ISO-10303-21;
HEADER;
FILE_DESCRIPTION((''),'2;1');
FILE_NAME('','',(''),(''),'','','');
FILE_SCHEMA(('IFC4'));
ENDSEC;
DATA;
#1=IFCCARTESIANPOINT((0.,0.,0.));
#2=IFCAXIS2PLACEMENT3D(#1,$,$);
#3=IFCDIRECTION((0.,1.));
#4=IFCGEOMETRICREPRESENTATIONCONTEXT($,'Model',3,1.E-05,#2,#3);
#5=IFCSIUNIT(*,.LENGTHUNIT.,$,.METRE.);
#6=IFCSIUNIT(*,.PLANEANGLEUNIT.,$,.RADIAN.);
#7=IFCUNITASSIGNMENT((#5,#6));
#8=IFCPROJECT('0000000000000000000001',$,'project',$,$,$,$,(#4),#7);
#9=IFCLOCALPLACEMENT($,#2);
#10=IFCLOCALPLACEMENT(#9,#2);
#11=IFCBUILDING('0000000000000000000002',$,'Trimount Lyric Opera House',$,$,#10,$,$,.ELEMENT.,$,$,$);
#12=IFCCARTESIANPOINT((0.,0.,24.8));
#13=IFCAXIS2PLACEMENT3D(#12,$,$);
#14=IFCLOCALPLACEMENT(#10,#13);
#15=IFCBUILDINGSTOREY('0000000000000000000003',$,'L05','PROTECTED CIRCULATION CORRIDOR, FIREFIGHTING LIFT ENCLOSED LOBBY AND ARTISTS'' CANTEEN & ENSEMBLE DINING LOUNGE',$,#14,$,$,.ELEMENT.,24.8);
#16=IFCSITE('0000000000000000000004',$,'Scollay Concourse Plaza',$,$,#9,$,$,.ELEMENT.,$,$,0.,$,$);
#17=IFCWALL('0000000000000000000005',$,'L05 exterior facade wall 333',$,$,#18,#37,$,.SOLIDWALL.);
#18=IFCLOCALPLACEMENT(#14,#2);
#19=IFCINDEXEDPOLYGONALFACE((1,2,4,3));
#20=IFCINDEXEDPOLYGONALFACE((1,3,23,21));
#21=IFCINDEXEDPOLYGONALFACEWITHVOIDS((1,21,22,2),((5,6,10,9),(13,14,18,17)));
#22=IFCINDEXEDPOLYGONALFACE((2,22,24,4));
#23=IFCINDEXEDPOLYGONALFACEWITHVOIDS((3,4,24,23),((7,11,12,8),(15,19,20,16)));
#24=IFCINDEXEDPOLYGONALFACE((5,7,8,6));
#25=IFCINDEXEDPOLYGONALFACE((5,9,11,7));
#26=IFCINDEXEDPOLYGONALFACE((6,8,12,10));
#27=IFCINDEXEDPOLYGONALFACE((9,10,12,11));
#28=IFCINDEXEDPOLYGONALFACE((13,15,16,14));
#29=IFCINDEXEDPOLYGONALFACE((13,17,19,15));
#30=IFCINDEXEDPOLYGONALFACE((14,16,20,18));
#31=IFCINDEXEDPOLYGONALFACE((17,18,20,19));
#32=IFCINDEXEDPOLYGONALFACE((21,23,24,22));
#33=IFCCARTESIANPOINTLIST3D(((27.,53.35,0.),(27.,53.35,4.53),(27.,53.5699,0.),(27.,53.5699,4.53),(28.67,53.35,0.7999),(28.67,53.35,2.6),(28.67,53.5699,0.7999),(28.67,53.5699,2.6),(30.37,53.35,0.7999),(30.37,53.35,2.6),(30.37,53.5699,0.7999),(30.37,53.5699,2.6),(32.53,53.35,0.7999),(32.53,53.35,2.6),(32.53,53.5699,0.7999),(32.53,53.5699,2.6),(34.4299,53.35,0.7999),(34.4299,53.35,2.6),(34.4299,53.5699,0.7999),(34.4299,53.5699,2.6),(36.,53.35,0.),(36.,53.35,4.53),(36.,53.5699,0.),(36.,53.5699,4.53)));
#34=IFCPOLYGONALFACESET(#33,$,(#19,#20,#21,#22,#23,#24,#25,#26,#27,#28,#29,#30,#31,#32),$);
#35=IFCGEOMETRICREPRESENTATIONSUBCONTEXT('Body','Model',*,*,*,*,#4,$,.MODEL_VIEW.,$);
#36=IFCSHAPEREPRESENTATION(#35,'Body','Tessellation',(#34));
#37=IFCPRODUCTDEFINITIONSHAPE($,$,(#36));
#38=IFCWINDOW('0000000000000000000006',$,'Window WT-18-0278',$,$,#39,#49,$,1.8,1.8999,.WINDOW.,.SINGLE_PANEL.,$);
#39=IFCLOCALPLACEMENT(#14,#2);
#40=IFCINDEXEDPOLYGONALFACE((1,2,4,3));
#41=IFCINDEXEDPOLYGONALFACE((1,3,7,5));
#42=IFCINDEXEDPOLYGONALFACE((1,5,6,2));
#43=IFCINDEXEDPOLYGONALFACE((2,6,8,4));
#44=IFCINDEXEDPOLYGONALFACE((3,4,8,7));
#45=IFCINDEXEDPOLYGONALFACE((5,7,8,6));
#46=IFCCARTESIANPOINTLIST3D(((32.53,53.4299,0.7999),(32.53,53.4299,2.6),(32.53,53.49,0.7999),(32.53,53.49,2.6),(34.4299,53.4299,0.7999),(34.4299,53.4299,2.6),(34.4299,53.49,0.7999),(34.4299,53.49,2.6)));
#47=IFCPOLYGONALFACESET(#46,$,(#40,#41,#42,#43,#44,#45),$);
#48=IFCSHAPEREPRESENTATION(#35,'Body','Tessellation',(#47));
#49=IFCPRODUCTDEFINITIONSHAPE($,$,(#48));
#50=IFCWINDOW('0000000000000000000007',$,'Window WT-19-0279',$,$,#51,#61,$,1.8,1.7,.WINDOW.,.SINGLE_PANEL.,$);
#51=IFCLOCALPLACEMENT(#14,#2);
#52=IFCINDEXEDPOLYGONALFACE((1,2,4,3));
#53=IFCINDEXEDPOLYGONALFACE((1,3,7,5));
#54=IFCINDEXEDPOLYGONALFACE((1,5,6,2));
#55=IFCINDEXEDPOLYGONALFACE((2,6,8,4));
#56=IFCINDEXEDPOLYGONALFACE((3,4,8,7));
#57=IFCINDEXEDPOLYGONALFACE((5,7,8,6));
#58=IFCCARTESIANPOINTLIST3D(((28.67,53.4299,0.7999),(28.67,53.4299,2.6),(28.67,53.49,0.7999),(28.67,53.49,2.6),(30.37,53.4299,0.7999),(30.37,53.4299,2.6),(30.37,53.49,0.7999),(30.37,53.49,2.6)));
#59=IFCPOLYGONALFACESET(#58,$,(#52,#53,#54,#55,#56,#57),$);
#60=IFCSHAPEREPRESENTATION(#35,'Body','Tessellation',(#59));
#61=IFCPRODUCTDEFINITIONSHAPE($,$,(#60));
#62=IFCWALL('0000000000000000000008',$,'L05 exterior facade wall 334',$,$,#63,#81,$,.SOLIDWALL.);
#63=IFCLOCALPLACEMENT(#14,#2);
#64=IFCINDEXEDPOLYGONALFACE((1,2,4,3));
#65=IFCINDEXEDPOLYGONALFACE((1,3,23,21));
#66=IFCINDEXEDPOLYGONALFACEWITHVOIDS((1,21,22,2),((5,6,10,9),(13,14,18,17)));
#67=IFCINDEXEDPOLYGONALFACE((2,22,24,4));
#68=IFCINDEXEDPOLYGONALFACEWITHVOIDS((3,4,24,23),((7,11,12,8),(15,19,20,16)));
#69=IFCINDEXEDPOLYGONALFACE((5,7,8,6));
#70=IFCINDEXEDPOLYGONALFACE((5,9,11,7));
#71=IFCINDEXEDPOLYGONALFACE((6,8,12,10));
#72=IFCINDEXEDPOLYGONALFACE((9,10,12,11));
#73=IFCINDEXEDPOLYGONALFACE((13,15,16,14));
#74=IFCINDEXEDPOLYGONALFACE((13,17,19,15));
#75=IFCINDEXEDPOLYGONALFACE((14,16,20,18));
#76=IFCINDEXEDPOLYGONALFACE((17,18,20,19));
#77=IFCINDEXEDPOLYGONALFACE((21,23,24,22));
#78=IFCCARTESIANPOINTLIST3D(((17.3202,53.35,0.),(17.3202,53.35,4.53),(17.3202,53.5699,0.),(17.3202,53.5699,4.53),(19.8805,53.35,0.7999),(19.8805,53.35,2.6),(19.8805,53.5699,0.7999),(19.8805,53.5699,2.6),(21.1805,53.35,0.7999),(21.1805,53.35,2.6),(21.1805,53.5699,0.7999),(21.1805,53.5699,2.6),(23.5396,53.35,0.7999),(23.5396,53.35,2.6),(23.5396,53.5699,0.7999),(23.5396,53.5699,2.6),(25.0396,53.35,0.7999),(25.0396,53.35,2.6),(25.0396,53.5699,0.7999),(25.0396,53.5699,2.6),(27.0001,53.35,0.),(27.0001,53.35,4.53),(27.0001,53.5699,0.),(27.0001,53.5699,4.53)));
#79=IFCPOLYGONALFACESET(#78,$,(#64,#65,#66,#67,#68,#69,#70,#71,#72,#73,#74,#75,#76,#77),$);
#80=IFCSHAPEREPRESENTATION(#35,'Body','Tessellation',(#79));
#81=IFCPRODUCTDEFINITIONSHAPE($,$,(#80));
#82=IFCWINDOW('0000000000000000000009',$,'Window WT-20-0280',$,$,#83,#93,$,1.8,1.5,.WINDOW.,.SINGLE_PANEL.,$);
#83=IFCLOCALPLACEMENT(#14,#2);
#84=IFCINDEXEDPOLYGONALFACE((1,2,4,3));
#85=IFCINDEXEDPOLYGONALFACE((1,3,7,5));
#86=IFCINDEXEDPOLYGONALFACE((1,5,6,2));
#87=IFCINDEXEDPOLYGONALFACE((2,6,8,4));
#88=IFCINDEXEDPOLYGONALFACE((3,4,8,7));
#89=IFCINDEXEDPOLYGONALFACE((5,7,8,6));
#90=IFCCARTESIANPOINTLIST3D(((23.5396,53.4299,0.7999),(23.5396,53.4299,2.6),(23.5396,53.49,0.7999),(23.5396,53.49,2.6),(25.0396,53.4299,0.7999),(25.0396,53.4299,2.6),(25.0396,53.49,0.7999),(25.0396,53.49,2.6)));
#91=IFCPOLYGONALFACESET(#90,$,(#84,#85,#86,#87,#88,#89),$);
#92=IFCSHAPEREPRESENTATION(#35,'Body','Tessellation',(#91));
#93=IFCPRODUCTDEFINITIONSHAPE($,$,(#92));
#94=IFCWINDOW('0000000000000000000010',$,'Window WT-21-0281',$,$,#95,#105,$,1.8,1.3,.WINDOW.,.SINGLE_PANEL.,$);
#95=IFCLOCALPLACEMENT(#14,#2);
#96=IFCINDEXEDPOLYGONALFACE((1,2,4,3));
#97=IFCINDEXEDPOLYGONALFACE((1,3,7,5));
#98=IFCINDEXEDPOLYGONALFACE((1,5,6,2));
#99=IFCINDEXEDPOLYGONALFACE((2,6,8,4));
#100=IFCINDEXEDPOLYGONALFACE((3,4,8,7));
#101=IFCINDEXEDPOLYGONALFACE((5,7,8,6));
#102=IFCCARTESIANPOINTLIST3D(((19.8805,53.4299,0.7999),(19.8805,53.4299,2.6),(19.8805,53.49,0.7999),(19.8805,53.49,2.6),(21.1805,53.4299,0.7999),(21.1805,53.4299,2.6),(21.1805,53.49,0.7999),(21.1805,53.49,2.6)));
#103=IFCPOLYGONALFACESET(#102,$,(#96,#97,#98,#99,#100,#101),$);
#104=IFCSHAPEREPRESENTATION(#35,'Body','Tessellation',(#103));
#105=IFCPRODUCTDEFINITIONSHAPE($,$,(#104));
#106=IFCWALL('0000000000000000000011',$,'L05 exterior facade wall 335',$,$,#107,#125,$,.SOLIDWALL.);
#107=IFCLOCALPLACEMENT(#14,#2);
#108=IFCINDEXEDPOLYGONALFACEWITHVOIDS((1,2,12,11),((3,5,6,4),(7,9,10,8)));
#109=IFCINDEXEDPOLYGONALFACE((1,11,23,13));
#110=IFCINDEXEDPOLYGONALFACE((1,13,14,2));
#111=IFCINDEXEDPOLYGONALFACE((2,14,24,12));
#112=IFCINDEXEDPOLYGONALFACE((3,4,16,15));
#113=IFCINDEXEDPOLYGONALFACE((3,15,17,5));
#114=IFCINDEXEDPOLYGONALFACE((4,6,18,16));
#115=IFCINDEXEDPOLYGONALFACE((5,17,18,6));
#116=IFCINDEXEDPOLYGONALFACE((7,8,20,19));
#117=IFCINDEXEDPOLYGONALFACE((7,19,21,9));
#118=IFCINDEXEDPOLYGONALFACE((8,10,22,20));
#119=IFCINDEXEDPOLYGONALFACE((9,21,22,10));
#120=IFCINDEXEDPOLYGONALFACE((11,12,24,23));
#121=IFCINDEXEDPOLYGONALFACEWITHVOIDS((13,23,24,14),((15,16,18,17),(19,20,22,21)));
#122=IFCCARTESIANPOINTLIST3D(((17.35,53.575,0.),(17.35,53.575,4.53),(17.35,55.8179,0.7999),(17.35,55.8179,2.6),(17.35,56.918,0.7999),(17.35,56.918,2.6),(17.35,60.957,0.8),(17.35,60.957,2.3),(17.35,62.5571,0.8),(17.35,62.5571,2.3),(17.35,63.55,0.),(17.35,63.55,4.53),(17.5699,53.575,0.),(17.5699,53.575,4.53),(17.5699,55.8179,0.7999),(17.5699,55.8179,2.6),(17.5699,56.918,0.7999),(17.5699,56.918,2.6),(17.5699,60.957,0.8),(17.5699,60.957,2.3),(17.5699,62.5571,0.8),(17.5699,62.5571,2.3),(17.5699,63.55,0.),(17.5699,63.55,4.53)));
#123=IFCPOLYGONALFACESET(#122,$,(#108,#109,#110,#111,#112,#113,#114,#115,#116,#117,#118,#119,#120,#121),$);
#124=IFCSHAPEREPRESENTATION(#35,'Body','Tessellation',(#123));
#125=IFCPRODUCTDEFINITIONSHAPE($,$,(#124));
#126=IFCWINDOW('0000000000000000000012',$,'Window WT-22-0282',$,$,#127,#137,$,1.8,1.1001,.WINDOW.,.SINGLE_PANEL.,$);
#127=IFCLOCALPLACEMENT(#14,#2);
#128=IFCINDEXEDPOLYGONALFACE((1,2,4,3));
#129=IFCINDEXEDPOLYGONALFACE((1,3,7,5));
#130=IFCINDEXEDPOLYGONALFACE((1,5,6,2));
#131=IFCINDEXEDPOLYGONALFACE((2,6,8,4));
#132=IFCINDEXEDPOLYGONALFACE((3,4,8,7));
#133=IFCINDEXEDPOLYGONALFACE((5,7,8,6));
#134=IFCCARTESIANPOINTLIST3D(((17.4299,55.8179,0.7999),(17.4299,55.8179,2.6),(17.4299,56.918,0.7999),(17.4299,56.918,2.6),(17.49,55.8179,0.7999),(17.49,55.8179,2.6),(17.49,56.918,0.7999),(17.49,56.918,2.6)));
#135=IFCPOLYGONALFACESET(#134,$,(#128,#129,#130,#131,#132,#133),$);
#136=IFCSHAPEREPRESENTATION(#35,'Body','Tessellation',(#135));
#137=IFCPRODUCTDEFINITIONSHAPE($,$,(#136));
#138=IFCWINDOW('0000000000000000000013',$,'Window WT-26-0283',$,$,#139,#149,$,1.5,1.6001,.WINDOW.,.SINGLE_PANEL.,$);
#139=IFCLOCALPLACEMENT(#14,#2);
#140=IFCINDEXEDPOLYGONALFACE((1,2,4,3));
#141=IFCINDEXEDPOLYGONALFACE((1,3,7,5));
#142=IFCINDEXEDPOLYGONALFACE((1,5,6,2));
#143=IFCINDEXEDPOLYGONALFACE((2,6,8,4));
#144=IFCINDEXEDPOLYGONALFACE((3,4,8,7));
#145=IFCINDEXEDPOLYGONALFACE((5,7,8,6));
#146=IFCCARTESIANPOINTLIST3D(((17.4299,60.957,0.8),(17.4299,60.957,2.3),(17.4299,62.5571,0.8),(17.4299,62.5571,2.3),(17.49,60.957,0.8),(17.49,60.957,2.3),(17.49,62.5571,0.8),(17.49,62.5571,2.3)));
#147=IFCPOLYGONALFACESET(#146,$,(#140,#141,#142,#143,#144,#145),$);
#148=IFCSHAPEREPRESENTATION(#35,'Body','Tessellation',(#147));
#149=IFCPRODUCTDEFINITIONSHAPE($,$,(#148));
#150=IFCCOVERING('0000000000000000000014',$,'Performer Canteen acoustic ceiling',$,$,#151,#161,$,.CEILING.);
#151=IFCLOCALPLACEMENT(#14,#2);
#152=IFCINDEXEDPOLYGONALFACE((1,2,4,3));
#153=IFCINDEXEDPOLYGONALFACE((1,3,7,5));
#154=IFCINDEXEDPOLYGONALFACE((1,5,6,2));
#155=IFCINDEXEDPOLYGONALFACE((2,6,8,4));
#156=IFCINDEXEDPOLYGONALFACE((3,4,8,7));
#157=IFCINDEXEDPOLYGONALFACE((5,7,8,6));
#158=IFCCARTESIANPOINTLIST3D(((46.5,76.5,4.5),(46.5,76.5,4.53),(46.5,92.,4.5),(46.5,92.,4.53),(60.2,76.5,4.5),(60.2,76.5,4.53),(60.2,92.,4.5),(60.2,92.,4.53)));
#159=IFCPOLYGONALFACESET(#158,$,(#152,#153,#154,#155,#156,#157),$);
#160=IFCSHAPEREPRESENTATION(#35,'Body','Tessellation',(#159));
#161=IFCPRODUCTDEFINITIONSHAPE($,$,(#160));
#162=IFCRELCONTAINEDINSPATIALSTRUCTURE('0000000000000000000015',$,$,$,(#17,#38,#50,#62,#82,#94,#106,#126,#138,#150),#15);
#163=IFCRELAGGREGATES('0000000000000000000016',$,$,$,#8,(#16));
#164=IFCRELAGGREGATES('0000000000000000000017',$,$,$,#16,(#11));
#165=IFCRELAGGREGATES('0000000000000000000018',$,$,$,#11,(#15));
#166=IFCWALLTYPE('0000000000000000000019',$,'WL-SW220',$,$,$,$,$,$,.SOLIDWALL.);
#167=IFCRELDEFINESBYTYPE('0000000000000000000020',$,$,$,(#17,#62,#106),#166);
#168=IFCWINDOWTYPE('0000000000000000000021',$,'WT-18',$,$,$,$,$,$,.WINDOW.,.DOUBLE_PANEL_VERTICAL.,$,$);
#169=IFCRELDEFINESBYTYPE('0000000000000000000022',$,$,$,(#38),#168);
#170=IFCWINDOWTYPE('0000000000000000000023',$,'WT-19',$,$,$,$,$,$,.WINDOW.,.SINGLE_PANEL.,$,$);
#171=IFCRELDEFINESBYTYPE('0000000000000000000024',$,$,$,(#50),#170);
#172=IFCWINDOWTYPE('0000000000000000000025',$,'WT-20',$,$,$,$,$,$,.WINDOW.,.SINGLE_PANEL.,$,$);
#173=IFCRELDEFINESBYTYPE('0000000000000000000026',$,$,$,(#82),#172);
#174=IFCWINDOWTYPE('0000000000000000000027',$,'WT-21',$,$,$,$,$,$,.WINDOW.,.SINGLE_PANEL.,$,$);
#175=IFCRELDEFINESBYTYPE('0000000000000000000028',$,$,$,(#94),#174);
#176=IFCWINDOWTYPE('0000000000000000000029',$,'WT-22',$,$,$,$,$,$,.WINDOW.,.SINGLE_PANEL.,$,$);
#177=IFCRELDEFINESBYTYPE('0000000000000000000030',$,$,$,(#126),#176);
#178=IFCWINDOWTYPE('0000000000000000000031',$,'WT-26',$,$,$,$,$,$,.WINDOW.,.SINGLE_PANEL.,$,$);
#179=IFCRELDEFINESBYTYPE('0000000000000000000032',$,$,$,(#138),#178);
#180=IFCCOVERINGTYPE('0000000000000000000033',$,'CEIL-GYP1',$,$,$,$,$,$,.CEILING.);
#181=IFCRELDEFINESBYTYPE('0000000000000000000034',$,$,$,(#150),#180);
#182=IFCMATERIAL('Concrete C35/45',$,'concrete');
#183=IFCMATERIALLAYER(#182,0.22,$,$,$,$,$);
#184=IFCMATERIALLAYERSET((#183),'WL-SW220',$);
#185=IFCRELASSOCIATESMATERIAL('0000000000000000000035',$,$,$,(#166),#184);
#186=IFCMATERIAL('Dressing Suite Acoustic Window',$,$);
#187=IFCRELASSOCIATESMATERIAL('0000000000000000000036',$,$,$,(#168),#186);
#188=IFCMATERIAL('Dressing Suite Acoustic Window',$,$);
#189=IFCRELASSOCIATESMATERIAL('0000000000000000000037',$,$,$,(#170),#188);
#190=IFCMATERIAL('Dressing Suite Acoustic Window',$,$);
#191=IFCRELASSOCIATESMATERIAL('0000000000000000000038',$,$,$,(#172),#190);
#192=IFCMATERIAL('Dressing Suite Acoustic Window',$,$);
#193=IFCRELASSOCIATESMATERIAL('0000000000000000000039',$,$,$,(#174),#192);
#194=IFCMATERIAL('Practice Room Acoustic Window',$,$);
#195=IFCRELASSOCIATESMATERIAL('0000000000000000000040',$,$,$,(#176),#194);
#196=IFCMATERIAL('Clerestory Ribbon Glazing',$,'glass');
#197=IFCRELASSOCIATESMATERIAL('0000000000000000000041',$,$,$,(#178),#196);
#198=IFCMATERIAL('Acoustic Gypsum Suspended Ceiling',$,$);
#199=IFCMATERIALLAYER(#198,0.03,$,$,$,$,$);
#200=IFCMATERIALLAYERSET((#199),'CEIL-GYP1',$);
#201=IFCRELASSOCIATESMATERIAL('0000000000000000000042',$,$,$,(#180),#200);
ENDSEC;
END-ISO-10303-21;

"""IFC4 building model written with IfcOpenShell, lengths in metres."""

from ifc_helpers import new_model, si_unit, direction, frame, frame_2d, origin, place, context, subcontext, project, spatial, polyline, rectangle, outline, extrude, material, layer, layer_set, type_object, element, fill, save


model = new_model("IFC4")

# Units and contexts
model_context = context("Model", 3, precision=1e-05, world=origin(), true_north=direction((0.0, 1.0)))
body_context = subcontext(model_context, "Body", "Model", "MODEL_VIEW")
ifc_project = project(units=[si_unit("LENGTHUNIT", "METRE"), si_unit("PLANEANGLEUNIT", "RADIAN")], contexts=[model_context])

# Site, building, storey
site_placement = place(None, origin())
site = spatial("IfcSite", under=ifc_project, at=site_placement, Name="Scollay Concourse Plaza", CompositionType="ELEMENT", RefElevation=0.0)
building_placement = place(site_placement, origin())
building = spatial("IfcBuilding", under=site, at=building_placement, Name="Trimount Lyric Opera House", CompositionType="ELEMENT")
storey_placement = place(building_placement, frame((0.0, 0.0, 24.8)))
storey = spatial("IfcBuildingStorey", under=building, at=storey_placement, Name="L05", Description="PROTECTED CIRCULATION CORRIDOR, FIREFIGHTING LIFT ENCLOSED LOBBY AND ARTISTS' CANTEEN & ENSEMBLE DINING LOUNGE", CompositionType="ELEMENT", Elevation=24.8)

# Walls, openings, windows
ifc_material_1 = material(Name="Concrete C35/45", Category="concrete")
ifc_layer_1 = layer(ifc_material_1, 0.22)
ifc_layer_set_1 = layer_set([ifc_layer_1], Name="WL-SW220")
wall_type = type_object("IfcWallType", Name="WL-SW220", PredefinedType="SOLIDWALL", material=ifc_layer_set_1)
wall_1_placement = place(storey_placement, frame((36.0, 53.46, 0.0), z_axis=(0.0, 0.0, 1.0), x_axis=(-1.0, 0.0, 0.0)))
wall_1 = element("IfcWall", 1, at=wall_1_placement, inside=storey, type_object=wall_type, Name="L05 exterior facade wall 333", PredefinedType="SOLIDWALL", context=body_context, shape_type="SweptSolid", body=[
    extrude(rectangle(XDim=9.0, YDim=0.22, at=frame_2d((4.5, 0.0))), origin(), (0.0, 0.0, 1.0), 4.53),
])
opening_1_placement = place(wall_1_placement, frame((1.5701, 0.0, 0.8)))
opening_1 = element("IfcOpeningElement", 2, at=opening_1_placement, cuts=wall_1, PredefinedType="OPENING", context=body_context, shape_type="SweptSolid", body=[
    extrude(rectangle(XDim=1.8999, YDim=1.8, at=frame_2d((0.95, 0.8999))), frame((0.0, 0.1201, 0.0), z_axis=(0.0, -1.0, 0.0), x_axis=(1.0, 0.0, 0.0)), (0.0, 0.0, 1.0), 0.24),
])
opening_2_placement = place(wall_1_placement, frame((5.6299, 0.0, 0.8)))
opening_2 = element("IfcOpeningElement", 3, at=opening_2_placement, cuts=wall_1, PredefinedType="OPENING", context=body_context, shape_type="SweptSolid", body=[
    extrude(rectangle(XDim=1.7, YDim=1.8, at=frame_2d((0.8501, 0.8999))), frame((0.0, 0.1201, 0.0), z_axis=(0.0, -1.0, 0.0), x_axis=(1.0, 0.0, 0.0)), (0.0, 0.0, 1.0), 0.24),
])
ifc_material_2 = material(Name="Dressing Suite Acoustic Window")
window_type_1 = type_object("IfcWindowType", Name="WT-18", PartitioningType="DOUBLE_PANEL_VERTICAL", PredefinedType="WINDOW", material=ifc_material_2)
window_1_placement = place(opening_1_placement, origin())
window_1 = element("IfcWindow", 4, at=window_1_placement, inside=storey, type_object=window_type_1, Name="Window WT-18-0278", OverallHeight=1.8, OverallWidth=1.8999, PartitioningType="SINGLE_PANEL", PredefinedType="WINDOW", context=body_context, shape_type="SweptSolid", body=[
    extrude(rectangle(XDim=1.8999, YDim=1.8, at=frame_2d((0.95, 0.8999))), frame((0.0, 0.03, 0.0), z_axis=(0.0, -1.0, 0.0), x_axis=(1.0, 0.0, 0.0)), (0.0, 0.0, 1.0), 0.0601),
])
fill(opening_1, window_1)
ifc_material_3 = material(Name="Dressing Suite Acoustic Window")
window_type_2 = type_object("IfcWindowType", Name="WT-19", PartitioningType="SINGLE_PANEL", PredefinedType="WINDOW", material=ifc_material_3)
window_2_placement = place(opening_2_placement, origin())
window_2 = element("IfcWindow", 5, at=window_2_placement, inside=storey, type_object=window_type_2, Name="Window WT-19-0279", OverallHeight=1.8, OverallWidth=1.7, PartitioningType="SINGLE_PANEL", PredefinedType="WINDOW", context=body_context, shape_type="SweptSolid", body=[
    extrude(rectangle(XDim=1.7, YDim=1.8, at=frame_2d((0.8501, 0.8999))), frame((0.0, 0.03, 0.0), z_axis=(0.0, -1.0, 0.0), x_axis=(1.0, 0.0, 0.0)), (0.0, 0.0, 1.0), 0.0601),
])
fill(opening_2, window_2)
wall_2_placement = place(storey_placement, frame((27.0, 53.46, 0.0), z_axis=(0.0, 0.0, 1.0), x_axis=(-1.0, 0.0, 0.0)))
wall_2 = element("IfcWall", 6, at=wall_2_placement, inside=storey, type_object=wall_type, Name="L05 exterior facade wall 334", PredefinedType="SOLIDWALL", context=body_context, shape_type="SweptSolid", body=[
    extrude(rectangle(XDim=9.6799, YDim=0.22, at=frame_2d((4.8398, 0.0))), origin(), (0.0, 0.0, 1.0), 4.53),
])
opening_3_placement = place(wall_2_placement, frame((1.9604, 0.0, 0.8)))
opening_3 = element("IfcOpeningElement", 7, at=opening_3_placement, cuts=wall_2, PredefinedType="OPENING", context=body_context, shape_type="SweptSolid", body=[
    extrude(rectangle(XDim=1.5, YDim=1.8, at=frame_2d((0.75, 0.8999))), frame((0.0, 0.1201, 0.0), z_axis=(0.0, -1.0, 0.0), x_axis=(1.0, 0.0, 0.0)), (0.0, 0.0, 1.0), 0.24),
])
opening_4_placement = place(wall_2_placement, frame((5.8196, 0.0, 0.8)))
opening_4 = element("IfcOpeningElement", 8, at=opening_4_placement, cuts=wall_2, PredefinedType="OPENING", context=body_context, shape_type="SweptSolid", body=[
    extrude(rectangle(XDim=1.3, YDim=1.8, at=frame_2d((0.6499, 0.8999))), frame((0.0, 0.1201, 0.0), z_axis=(0.0, -1.0, 0.0), x_axis=(1.0, 0.0, 0.0)), (0.0, 0.0, 1.0), 0.24),
])
ifc_material_4 = material(Name="Dressing Suite Acoustic Window")
window_type_3 = type_object("IfcWindowType", Name="WT-20", PartitioningType="SINGLE_PANEL", PredefinedType="WINDOW", material=ifc_material_4)
window_3_placement = place(opening_3_placement, origin())
window_3 = element("IfcWindow", 9, at=window_3_placement, inside=storey, type_object=window_type_3, Name="Window WT-20-0280", OverallHeight=1.8, OverallWidth=1.5, PartitioningType="SINGLE_PANEL", PredefinedType="WINDOW", context=body_context, shape_type="SweptSolid", body=[
    extrude(rectangle(XDim=1.5, YDim=1.8, at=frame_2d((0.75, 0.8999))), frame((0.0, 0.03, 0.0), z_axis=(0.0, -1.0, 0.0), x_axis=(1.0, 0.0, 0.0)), (0.0, 0.0, 1.0), 0.0601),
])
fill(opening_3, window_3)
ifc_material_5 = material(Name="Dressing Suite Acoustic Window")
window_type_4 = type_object("IfcWindowType", Name="WT-21", PartitioningType="SINGLE_PANEL", PredefinedType="WINDOW", material=ifc_material_5)
window_4_placement = place(opening_4_placement, origin())
window_4 = element("IfcWindow", 10, at=window_4_placement, inside=storey, type_object=window_type_4, Name="Window WT-21-0281", OverallHeight=1.8, OverallWidth=1.3, PartitioningType="SINGLE_PANEL", PredefinedType="WINDOW", context=body_context, shape_type="SweptSolid", body=[
    extrude(rectangle(XDim=1.3, YDim=1.8, at=frame_2d((0.6499, 0.8999))), frame((0.0, 0.03, 0.0), z_axis=(0.0, -1.0, 0.0), x_axis=(1.0, 0.0, 0.0)), (0.0, 0.0, 1.0), 0.0601),
])
fill(opening_4, window_4)
wall_3_placement = place(storey_placement, frame((17.46, 53.575, 0.0), z_axis=(0.0, 0.0, 1.0), x_axis=(0.0, 1.0, 0.0)))
wall_3 = element("IfcWall", 11, at=wall_3_placement, inside=storey, type_object=wall_type, Name="L05 exterior facade wall 335", PredefinedType="SOLIDWALL", context=body_context, shape_type="SweptSolid", body=[
    extrude(rectangle(XDim=9.9751, YDim=0.22, at=frame_2d((4.9875, 0.0))), origin(), (0.0, 0.0, 1.0), 4.53),
])
opening_5_placement = place(wall_3_placement, frame((2.2429, 0.0, 0.8)))
opening_5 = element("IfcOpeningElement", 12, at=opening_5_placement, cuts=wall_3, PredefinedType="OPENING", context=body_context, shape_type="SweptSolid", body=[
    extrude(rectangle(XDim=1.1001, YDim=1.8, at=frame_2d((0.55, 0.8999))), frame((0.0, 0.1201, 0.0), z_axis=(0.0, -1.0, 0.0), x_axis=(1.0, 0.0, 0.0)), (0.0, 0.0, 1.0), 0.24),
])
opening_6_placement = place(wall_3_placement, frame((7.3821, 0.0, 0.8)))
opening_6 = element("IfcOpeningElement", 13, at=opening_6_placement, cuts=wall_3, PredefinedType="OPENING", context=body_context, shape_type="SweptSolid", body=[
    extrude(rectangle(XDim=1.6001, YDim=1.5, at=frame_2d((0.8, 0.75))), frame((0.0, 0.1201, 0.0), z_axis=(0.0, -1.0, 0.0), x_axis=(1.0, 0.0, 0.0)), (0.0, 0.0, 1.0), 0.24),
])
ifc_material_6 = material(Name="Practice Room Acoustic Window")
window_type_5 = type_object("IfcWindowType", Name="WT-22", PartitioningType="SINGLE_PANEL", PredefinedType="WINDOW", material=ifc_material_6)
window_5_placement = place(opening_5_placement, origin())
window_5 = element("IfcWindow", 14, at=window_5_placement, inside=storey, type_object=window_type_5, Name="Window WT-22-0282", OverallHeight=1.8, OverallWidth=1.1001, PartitioningType="SINGLE_PANEL", PredefinedType="WINDOW", context=body_context, shape_type="SweptSolid", body=[
    extrude(rectangle(XDim=1.1001, YDim=1.8, at=frame_2d((0.55, 0.8999))), frame((0.0, 0.03, 0.0), z_axis=(0.0, -1.0, 0.0), x_axis=(1.0, 0.0, 0.0)), (0.0, 0.0, 1.0), 0.0601),
])
fill(opening_5, window_5)
ifc_material_7 = material(Name="Clerestory Ribbon Glazing", Category="glass")
window_type_6 = type_object("IfcWindowType", Name="WT-26", PartitioningType="SINGLE_PANEL", PredefinedType="WINDOW", material=ifc_material_7)
window_6_placement = place(opening_6_placement, origin())
window_6 = element("IfcWindow", 15, at=window_6_placement, inside=storey, type_object=window_type_6, Name="Window WT-26-0283", OverallHeight=1.5, OverallWidth=1.6001, PartitioningType="SINGLE_PANEL", PredefinedType="WINDOW", context=body_context, shape_type="SweptSolid", body=[
    extrude(rectangle(XDim=1.6001, YDim=1.5, at=frame_2d((0.8, 0.75))), frame((0.0, 0.03, 0.0), z_axis=(0.0, -1.0, 0.0), x_axis=(1.0, 0.0, 0.0)), (0.0, 0.0, 1.0), 0.0601),
])
fill(opening_6, window_6)

# Covering
ifc_material_8 = material(Name="Acoustic Gypsum Suspended Ceiling")
ifc_layer_2 = layer(ifc_material_8, 0.03)
ifc_layer_set_2 = layer_set([ifc_layer_2], Name="CEIL-GYP1")
covering_type_1 = type_object("IfcCoveringType", Name="CEIL-GYP1", PredefinedType="CEILING", material=ifc_layer_set_2)
covering_1_placement = place(storey_placement, frame((0.0, 0.0, 4.5)))
element("IfcCovering", 16, at=covering_1_placement, inside=storey, type_object=covering_type_1, Name="Performer Canteen acoustic ceiling", PredefinedType="CEILING", context=body_context, shape_type="SweptSolid", body=[
    extrude(outline(polyline([(46.5, 76.5), (60.2, 76.5), (60.2, 92.0), (46.5, 92.0), (46.5, 76.5)])), origin(), (0.0, 0.0, 1.0), 0.03),
])

save(model, "model.ifc")
